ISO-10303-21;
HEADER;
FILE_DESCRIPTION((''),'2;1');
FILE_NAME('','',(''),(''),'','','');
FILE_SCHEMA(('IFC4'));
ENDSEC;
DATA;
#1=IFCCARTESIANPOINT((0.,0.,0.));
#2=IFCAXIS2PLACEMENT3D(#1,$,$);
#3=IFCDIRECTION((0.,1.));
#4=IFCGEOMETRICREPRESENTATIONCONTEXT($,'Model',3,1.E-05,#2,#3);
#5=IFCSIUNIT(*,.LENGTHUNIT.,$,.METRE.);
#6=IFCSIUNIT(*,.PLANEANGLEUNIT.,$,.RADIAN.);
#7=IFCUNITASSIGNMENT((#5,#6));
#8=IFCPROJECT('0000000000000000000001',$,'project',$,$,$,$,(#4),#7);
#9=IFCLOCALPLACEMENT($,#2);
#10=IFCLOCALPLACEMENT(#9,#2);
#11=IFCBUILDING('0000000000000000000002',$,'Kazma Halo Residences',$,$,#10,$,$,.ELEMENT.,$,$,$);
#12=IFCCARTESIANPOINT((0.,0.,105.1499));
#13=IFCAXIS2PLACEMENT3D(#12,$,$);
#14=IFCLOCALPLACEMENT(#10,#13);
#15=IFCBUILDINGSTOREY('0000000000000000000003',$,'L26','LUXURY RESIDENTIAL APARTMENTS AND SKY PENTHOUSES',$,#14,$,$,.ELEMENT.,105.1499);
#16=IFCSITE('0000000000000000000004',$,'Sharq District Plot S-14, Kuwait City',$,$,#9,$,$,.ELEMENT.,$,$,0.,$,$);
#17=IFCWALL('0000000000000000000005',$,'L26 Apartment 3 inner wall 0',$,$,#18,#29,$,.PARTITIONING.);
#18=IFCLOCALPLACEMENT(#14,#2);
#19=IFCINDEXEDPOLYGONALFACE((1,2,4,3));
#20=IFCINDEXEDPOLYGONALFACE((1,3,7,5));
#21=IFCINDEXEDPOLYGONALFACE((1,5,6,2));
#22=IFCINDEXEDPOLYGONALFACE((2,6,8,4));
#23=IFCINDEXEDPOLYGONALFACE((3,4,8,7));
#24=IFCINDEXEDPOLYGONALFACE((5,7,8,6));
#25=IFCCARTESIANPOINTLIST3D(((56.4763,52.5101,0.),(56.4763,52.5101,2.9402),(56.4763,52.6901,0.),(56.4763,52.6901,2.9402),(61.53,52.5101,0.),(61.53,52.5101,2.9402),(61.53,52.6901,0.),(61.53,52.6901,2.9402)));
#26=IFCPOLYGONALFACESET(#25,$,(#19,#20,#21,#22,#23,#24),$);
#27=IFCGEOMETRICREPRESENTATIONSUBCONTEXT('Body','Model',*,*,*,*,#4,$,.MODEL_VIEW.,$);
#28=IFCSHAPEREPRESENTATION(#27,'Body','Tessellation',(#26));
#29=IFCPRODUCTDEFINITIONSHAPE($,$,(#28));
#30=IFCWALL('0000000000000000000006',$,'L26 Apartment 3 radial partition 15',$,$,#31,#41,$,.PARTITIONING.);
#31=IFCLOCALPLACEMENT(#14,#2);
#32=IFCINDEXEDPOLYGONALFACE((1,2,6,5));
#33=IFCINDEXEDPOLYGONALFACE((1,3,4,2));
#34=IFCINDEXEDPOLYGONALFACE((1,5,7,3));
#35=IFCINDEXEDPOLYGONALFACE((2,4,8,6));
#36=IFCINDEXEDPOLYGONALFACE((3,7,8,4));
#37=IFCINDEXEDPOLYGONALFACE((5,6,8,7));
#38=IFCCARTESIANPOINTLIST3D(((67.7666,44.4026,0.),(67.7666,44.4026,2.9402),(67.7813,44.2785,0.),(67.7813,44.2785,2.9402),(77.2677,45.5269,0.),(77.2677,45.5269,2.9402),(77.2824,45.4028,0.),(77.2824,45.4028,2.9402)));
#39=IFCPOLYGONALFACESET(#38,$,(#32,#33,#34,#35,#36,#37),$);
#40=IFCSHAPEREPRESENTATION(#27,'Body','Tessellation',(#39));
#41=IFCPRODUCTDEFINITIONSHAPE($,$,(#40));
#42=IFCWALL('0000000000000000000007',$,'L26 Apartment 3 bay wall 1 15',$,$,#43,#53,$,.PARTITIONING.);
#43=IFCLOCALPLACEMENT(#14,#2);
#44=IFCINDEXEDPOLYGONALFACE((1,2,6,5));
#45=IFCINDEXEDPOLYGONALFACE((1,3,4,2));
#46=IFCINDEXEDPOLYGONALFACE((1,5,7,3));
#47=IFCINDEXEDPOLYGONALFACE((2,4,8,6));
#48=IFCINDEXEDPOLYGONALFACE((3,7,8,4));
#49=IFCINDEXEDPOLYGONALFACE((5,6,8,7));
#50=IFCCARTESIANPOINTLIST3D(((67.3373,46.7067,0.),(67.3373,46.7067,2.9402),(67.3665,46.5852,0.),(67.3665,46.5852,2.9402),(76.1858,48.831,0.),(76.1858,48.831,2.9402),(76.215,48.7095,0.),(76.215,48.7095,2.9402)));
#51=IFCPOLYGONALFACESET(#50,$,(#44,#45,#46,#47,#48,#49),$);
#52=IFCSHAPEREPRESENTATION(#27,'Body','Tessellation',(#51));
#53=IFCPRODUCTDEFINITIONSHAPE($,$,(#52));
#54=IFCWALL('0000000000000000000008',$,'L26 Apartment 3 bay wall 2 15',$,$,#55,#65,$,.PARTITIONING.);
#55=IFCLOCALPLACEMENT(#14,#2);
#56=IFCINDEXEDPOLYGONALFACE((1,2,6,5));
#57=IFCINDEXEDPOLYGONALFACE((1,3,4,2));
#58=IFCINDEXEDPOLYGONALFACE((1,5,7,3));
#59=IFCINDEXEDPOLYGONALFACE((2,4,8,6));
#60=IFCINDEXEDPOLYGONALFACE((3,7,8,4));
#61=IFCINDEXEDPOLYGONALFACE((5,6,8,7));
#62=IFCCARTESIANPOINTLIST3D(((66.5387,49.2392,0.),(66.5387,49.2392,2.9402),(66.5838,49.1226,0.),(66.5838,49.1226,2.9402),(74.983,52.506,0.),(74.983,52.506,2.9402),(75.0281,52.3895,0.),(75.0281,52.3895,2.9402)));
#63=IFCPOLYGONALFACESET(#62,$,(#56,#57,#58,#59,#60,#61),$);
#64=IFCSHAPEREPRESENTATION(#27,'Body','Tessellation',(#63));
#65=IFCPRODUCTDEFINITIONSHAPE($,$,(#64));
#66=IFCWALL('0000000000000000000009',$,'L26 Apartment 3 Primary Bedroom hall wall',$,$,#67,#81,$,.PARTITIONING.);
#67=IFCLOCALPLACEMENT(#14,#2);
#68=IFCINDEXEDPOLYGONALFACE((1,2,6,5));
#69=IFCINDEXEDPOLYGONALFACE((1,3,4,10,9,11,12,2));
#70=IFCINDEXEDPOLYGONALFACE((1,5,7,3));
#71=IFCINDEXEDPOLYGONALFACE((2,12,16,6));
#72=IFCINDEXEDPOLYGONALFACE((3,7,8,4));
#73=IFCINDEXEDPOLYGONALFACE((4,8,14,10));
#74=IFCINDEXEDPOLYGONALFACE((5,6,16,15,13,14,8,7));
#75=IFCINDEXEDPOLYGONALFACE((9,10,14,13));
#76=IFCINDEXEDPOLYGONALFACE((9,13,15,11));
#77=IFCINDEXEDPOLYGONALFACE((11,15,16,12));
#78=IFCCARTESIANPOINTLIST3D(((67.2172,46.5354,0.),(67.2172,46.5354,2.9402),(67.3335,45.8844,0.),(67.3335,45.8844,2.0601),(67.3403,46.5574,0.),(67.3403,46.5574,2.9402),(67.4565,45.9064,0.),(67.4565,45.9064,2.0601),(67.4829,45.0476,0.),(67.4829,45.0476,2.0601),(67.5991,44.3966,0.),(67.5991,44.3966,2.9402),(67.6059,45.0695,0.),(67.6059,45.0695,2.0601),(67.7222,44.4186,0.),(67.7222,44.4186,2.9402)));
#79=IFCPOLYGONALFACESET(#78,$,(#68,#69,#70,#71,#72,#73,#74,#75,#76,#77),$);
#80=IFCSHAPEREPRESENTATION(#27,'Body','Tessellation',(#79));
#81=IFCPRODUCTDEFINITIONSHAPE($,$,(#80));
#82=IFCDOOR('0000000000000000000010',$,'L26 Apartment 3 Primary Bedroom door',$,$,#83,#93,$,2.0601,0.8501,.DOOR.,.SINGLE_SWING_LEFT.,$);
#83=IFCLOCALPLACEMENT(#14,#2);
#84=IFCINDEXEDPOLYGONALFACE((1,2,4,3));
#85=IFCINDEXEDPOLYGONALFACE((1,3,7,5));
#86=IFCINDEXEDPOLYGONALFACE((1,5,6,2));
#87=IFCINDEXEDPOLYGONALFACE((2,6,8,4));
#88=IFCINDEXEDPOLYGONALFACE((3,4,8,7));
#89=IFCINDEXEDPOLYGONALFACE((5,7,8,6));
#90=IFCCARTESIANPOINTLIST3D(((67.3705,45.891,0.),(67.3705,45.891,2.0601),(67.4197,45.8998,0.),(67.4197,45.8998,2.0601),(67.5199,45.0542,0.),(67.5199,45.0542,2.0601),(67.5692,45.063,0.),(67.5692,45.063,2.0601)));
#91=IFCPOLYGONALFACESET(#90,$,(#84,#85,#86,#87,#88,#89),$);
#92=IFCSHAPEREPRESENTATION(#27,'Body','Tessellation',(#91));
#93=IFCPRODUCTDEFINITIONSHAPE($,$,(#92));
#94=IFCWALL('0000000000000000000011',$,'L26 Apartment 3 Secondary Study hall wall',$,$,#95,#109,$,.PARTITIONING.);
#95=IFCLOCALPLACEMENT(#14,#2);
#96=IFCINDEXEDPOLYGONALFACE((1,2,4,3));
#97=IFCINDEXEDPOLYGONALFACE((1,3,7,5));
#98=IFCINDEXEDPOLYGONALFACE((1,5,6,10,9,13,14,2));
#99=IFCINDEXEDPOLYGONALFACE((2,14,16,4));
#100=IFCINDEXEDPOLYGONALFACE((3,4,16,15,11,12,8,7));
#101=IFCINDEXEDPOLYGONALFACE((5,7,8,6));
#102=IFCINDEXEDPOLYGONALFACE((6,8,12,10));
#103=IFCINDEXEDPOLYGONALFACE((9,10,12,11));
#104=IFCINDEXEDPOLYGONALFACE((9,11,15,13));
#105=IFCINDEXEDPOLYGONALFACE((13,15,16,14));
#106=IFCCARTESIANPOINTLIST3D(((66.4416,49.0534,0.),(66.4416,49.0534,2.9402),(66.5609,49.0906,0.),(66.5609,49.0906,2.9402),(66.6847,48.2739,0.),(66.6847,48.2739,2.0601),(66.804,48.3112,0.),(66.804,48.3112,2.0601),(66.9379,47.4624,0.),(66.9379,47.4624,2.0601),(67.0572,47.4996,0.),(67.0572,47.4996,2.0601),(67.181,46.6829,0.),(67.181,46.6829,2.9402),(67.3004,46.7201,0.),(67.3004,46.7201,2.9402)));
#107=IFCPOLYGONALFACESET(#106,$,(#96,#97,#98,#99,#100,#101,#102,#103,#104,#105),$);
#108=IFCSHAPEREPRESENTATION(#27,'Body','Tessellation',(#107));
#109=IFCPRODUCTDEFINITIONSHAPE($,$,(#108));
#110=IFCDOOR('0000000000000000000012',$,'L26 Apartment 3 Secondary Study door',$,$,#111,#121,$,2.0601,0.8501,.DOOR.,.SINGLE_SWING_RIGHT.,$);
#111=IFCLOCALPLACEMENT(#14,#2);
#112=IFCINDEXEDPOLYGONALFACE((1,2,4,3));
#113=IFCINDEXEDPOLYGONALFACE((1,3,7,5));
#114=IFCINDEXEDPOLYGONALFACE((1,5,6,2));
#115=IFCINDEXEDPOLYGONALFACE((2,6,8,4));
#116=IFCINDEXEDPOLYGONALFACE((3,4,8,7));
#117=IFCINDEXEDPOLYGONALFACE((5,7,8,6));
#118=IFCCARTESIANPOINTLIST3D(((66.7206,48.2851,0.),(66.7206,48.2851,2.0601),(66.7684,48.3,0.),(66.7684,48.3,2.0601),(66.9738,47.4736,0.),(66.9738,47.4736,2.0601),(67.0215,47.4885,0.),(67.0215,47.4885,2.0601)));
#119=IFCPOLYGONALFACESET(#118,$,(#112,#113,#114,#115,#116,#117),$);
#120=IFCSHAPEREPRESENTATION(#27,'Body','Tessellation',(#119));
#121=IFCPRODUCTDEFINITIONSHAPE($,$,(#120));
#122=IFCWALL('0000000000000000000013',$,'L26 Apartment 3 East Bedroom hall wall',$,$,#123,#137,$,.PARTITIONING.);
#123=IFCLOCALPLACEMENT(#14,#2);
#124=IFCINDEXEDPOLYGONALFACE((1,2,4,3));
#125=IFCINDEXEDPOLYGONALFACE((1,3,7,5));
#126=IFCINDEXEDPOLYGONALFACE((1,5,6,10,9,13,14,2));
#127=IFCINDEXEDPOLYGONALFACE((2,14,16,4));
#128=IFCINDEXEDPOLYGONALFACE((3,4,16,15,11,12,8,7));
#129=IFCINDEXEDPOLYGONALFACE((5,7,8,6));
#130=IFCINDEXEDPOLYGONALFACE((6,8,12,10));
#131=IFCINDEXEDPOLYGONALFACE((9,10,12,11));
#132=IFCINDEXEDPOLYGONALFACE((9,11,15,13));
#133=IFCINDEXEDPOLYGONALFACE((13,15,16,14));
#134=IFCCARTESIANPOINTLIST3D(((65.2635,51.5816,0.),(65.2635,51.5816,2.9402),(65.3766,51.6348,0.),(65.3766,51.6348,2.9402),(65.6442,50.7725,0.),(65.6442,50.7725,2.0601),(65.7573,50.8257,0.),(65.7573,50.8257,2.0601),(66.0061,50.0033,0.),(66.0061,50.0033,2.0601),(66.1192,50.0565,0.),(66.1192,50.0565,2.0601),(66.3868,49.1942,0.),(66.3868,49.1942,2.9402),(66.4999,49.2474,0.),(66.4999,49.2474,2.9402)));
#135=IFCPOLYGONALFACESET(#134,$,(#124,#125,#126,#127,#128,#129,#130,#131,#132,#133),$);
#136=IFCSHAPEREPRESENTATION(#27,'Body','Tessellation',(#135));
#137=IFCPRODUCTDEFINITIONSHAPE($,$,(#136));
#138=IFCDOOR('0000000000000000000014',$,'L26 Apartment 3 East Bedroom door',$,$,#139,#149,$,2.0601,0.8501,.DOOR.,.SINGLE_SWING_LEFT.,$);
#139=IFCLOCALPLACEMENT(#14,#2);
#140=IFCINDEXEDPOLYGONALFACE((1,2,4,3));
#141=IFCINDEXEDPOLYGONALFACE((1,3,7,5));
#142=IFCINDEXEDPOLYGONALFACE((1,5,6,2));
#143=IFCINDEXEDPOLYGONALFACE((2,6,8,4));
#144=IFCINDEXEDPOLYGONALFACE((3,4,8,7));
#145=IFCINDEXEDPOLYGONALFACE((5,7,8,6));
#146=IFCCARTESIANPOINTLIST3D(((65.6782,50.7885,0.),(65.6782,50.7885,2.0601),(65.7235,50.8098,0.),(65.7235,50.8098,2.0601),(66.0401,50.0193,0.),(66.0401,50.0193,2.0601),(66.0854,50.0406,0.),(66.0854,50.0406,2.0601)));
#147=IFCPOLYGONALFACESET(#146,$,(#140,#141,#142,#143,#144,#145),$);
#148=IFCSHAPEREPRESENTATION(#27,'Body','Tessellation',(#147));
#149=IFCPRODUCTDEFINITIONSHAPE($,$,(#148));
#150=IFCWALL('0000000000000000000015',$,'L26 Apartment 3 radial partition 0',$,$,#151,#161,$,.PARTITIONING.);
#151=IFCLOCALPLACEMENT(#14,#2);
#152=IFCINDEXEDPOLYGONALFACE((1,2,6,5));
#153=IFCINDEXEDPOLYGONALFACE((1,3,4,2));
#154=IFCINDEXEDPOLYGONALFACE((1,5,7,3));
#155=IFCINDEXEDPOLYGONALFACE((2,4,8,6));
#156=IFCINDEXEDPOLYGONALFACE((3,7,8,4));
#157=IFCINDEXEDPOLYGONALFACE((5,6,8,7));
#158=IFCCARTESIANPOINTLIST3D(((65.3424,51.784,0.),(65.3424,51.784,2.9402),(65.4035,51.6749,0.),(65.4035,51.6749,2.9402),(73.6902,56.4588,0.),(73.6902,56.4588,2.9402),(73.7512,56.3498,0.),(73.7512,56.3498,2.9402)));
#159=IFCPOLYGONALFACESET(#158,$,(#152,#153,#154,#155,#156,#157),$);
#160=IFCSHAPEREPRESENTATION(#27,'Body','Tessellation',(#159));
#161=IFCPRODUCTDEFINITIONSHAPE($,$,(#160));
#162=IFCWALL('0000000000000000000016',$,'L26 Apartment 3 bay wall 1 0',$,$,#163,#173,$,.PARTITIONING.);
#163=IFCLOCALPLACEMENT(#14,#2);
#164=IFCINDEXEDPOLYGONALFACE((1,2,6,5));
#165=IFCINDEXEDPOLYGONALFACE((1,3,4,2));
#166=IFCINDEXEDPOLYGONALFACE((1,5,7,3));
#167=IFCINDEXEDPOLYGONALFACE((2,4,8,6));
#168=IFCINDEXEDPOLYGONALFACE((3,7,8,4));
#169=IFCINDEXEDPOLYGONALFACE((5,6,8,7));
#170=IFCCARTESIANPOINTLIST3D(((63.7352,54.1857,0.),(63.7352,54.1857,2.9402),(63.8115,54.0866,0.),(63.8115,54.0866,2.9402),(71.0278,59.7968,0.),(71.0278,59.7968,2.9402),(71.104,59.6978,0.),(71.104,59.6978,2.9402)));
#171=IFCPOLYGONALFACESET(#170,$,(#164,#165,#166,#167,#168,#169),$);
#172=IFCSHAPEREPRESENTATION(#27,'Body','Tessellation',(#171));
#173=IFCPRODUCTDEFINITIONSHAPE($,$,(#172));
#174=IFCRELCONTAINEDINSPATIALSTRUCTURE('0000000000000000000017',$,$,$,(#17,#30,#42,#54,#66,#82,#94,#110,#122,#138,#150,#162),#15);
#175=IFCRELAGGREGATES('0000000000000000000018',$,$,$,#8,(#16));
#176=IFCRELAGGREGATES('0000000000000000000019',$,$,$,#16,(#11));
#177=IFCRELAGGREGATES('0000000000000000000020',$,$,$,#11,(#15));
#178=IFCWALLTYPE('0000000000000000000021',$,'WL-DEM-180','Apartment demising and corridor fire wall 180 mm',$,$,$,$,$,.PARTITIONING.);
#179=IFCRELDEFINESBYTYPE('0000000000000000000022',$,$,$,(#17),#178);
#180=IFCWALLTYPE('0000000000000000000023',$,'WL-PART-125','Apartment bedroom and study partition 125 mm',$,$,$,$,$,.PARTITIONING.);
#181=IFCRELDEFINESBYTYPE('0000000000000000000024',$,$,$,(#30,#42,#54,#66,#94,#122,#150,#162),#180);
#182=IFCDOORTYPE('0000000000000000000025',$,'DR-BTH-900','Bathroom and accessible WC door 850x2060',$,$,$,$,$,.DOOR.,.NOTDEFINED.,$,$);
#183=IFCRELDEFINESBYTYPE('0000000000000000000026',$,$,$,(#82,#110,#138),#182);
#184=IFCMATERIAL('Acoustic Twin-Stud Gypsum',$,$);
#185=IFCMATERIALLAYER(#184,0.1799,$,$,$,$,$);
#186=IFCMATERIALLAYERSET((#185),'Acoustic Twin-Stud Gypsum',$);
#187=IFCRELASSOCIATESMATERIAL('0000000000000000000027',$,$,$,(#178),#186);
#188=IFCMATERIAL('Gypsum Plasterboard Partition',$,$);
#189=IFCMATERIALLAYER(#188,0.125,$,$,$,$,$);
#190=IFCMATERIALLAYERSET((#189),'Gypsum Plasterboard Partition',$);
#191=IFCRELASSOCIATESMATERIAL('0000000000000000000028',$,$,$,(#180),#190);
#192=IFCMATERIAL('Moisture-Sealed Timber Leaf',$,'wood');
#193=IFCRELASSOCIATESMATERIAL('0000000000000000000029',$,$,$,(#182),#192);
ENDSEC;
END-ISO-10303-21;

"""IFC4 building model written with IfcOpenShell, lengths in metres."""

from ifc_helpers import new_model, si_unit, direction, frame, frame_2d, origin, place, context, subcontext, project, spatial, rectangle, extrude, material, layer, layer_set, type_object, element, fill, save


model = new_model("IFC4")

# Units and contexts
model_context = context("Model", 3, precision=1e-05, world=origin(), true_north=direction((0.0, 1.0)))
body_context = subcontext(model_context, "Body", "Model", "MODEL_VIEW")
ifc_project = project(units=[si_unit("LENGTHUNIT", "METRE"), si_unit("PLANEANGLEUNIT", "RADIAN")], contexts=[model_context])

# Site, building, storey
site_placement = place(None, origin())
site = spatial("IfcSite", under=ifc_project, at=site_placement, Name="Sharq District Plot S-14, Kuwait City", CompositionType="ELEMENT", RefElevation=0.0)
building_placement = place(site_placement, origin())
building = spatial("IfcBuilding", under=site, at=building_placement, Name="Kazma Halo Residences", CompositionType="ELEMENT")
storey_placement = place(building_placement, frame((0.0, 0.0, 105.1499)))
storey = spatial("IfcBuildingStorey", under=building, at=storey_placement, Name="L26", Description="LUXURY RESIDENTIAL APARTMENTS AND SKY PENTHOUSES", CompositionType="ELEMENT", Elevation=105.1499)

# Walls
ifc_material_1 = material(Name="Acoustic Twin-Stud Gypsum")
ifc_layer_1 = layer(ifc_material_1, 0.1799)
ifc_layer_set_1 = layer_set([ifc_layer_1], Name="Acoustic Twin-Stud Gypsum")
wall_type_1 = type_object("IfcWallType", Name="WL-DEM-180", Description="Apartment demising and corridor fire wall 180 mm", PredefinedType="PARTITIONING", material=ifc_layer_set_1)
wall_1_placement = place(storey_placement, frame((61.53, 52.6001, 0.0), z_axis=(0.0, 0.0, 1.0), x_axis=(-1.0, 0.0, 0.0)))
element("IfcWall", 1, at=wall_1_placement, inside=storey, type_object=wall_type_1, Name="L26 Apartment 3 inner wall 0", PredefinedType="PARTITIONING", context=body_context, shape_type="SweptSolid", body=[
    extrude(rectangle(XDim=5.0537, YDim=0.1799, at=frame_2d((2.5269, 0.0))), origin(), (0.0, 0.0, 1.0), 2.9402),
])
ifc_material_2 = material(Name="Gypsum Plasterboard Partition")
ifc_layer_2 = layer(ifc_material_2, 0.125)
ifc_layer_set_2 = layer_set([ifc_layer_2], Name="Gypsum Plasterboard Partition")
wall_type_2 = type_object("IfcWallType", Name="WL-PART-125", Description="Apartment bedroom and study partition 125 mm", PredefinedType="PARTITIONING", material=ifc_layer_set_2)
wall_2_placement = place(storey_placement, frame((67.7739, 44.3406, 0.0), z_axis=(0.0, 0.0, 1.0), x_axis=(0.993071, 0.117512, 0.0)))
element("IfcWall", 2, at=wall_2_placement, inside=storey, type_object=wall_type_2, Name="L26 Apartment 3 radial partition 15", PredefinedType="PARTITIONING", context=body_context, shape_type="SweptSolid", body=[
    extrude(rectangle(XDim=9.5674, YDim=0.125, at=frame_2d((4.7837, 0.0))), origin(), (0.0, 0.0, 1.0), 2.9402),
])
wall_3_placement = place(storey_placement, frame((67.3521, 46.646, 0.0), z_axis=(0.0, 0.0, 1.0), x_axis=(0.972371, 0.233441, 0.0)))
element("IfcWall", 3, at=wall_3_placement, inside=storey, type_object=wall_type_2, Name="L26 Apartment 3 bay wall 1 15", PredefinedType="PARTITIONING", context=body_context, shape_type="SweptSolid", body=[
    extrude(rectangle(XDim=9.0999, YDim=0.125, at=frame_2d((4.5498, 0.0))), origin(), (0.0, 0.0, 1.0), 2.9402),
])
wall_4_placement = place(storey_placement, frame((66.5613, 49.1809, 0.0), z_axis=(0.0, 0.0, 1.0), x_axis=(0.93264, 0.360809, 0.0)))
element("IfcWall", 4, at=wall_4_placement, inside=storey, type_object=wall_type_2, Name="L26 Apartment 3 bay wall 2 15", PredefinedType="PARTITIONING", context=body_context, shape_type="SweptSolid", body=[
    extrude(rectangle(XDim=9.0542, YDim=0.125, at=frame_2d((4.5271, 0.0))), origin(), (0.0, 0.0, 1.0), 2.9402),
])

# Walls, openings, doors
wall_5_placement = place(storey_placement, frame((67.6606, 44.4075, 0.0), z_axis=(0.0, 0.0, 1.0), x_axis=(-0.17576, 0.984433, 0.0)))
wall_5 = element("IfcWall", 5, at=wall_5_placement, inside=storey, type_object=wall_type_2, Name="L26 Apartment 3 Primary Bedroom hall wall", PredefinedType="PARTITIONING", context=body_context, shape_type="SweptSolid", body=[
    extrude(rectangle(XDim=2.1726, YDim=0.125, at=frame_2d((1.0864, 0.0))), origin(), (0.0, 0.0, 1.0), 2.9402),
])
opening_1_placement = place(wall_5_placement, frame((0.6614, 0.0, 0.0)))
opening_1 = element("IfcOpeningElement", 6, at=opening_1_placement, cuts=wall_5, PredefinedType="OPENING", context=body_context, shape_type="SweptSolid", body=[
    extrude(rectangle(XDim=0.8501, YDim=2.0601, at=frame_2d((0.425, 1.03))), frame((0.0, 0.0725, 0.0), z_axis=(0.0, -1.0, 0.0), x_axis=(1.0, 0.0, 0.0)), (0.0, 0.0, 1.0), 0.145),
])
ifc_material_3 = material(Name="Moisture-Sealed Timber Leaf", Category="wood")
door_type = type_object("IfcDoorType", Name="DR-BTH-900", Description="Bathroom and accessible WC door 850x2060", OperationType="NOTDEFINED", PredefinedType="DOOR", material=ifc_material_3)
door_1_placement = place(opening_1_placement, origin())
door_1 = element("IfcDoor", 7, at=door_1_placement, inside=storey, type_object=door_type, Name="L26 Apartment 3 Primary Bedroom door", OperationType="SINGLE_SWING_LEFT", OverallHeight=2.0601, OverallWidth=0.8501, PredefinedType="DOOR", context=body_context, shape_type="SweptSolid", body=[
    extrude(rectangle(XDim=0.8501, YDim=2.0601, at=frame_2d((0.425, 1.03))), frame((0.0, 0.0249, 0.0), z_axis=(0.0, -1.0, 0.0), x_axis=(1.0, 0.0, 0.0)), (0.0, 0.0, 1.0), 0.05),
])
fill(opening_1, door_1)
wall_6_placement = place(storey_placement, frame((67.2407, 46.7014, 0.0), z_axis=(0.0, 0.0, 1.0), x_axis=(-0.297794, 0.95463, 0.0)))
wall_6 = element("IfcWall", 8, at=wall_6_placement, inside=storey, type_object=wall_type_2, Name="L26 Apartment 3 Secondary Study hall wall", PredefinedType="PARTITIONING", context=body_context, shape_type="SweptSolid", body=[
    extrude(rectangle(XDim=2.4832, YDim=0.125, at=frame_2d((1.2417, 0.0))), origin(), (0.0, 0.0, 1.0), 2.9402),
])
opening_2_placement = place(wall_6_placement, frame((0.8167, 0.0, 0.0)))
opening_2 = element("IfcOpeningElement", 9, at=opening_2_placement, cuts=wall_6, PredefinedType="OPENING", context=body_context, shape_type="SweptSolid", body=[
    extrude(rectangle(XDim=0.8501, YDim=2.0601, at=frame_2d((0.425, 1.03))), frame((0.0, 0.0725, 0.0), z_axis=(0.0, -1.0, 0.0), x_axis=(1.0, 0.0, 0.0)), (0.0, 0.0, 1.0), 0.145),
])
door_2_placement = place(opening_2_placement, origin())
door_2 = element("IfcDoor", 10, at=door_2_placement, inside=storey, type_object=door_type, Name="L26 Apartment 3 Secondary Study door", OperationType="SINGLE_SWING_RIGHT", OverallHeight=2.0601, OverallWidth=0.8501, PredefinedType="DOOR", context=body_context, shape_type="SweptSolid", body=[
    extrude(rectangle(XDim=0.8501, YDim=2.0601, at=frame_2d((0.425, 1.03))), frame((0.0, 0.0249, 0.0), z_axis=(0.0, -1.0, 0.0), x_axis=(1.0, 0.0, 0.0)), (0.0, 0.0, 1.0), 0.05),
])
fill(opening_2, door_2)
wall_7_placement = place(storey_placement, frame((66.4434, 49.2207, 0.0), z_axis=(0.0, 0.0, 1.0), x_axis=(-0.42573, 0.90485, 0.0)))
wall_7 = element("IfcWall", 11, at=wall_7_placement, inside=storey, type_object=wall_type_2, Name="L26 Apartment 3 East Bedroom hall wall", PredefinedType="PARTITIONING", context=body_context, shape_type="SweptSolid", body=[
    extrude(rectangle(XDim=2.6384, YDim=0.125, at=frame_2d((1.3193, 0.0))), origin(), (0.0, 0.0, 1.0), 2.9402),
])
opening_3_placement = place(wall_7_placement, frame((0.8943, 0.0, 0.0)))
opening_3 = element("IfcOpeningElement", 12, at=opening_3_placement, cuts=wall_7, PredefinedType="OPENING", context=body_context, shape_type="SweptSolid", body=[
    extrude(rectangle(XDim=0.8501, YDim=2.0601, at=frame_2d((0.425, 1.03))), frame((0.0, 0.0725, 0.0), z_axis=(0.0, -1.0, 0.0), x_axis=(1.0, 0.0, 0.0)), (0.0, 0.0, 1.0), 0.145),
])
door_3_placement = place(opening_3_placement, origin())
door_3 = element("IfcDoor", 13, at=door_3_placement, inside=storey, type_object=door_type, Name="L26 Apartment 3 East Bedroom door", OperationType="SINGLE_SWING_LEFT", OverallHeight=2.0601, OverallWidth=0.8501, PredefinedType="DOOR", context=body_context, shape_type="SweptSolid", body=[
    extrude(rectangle(XDim=0.8501, YDim=2.0601, at=frame_2d((0.425, 1.03))), frame((0.0, 0.0249, 0.0), z_axis=(0.0, -1.0, 0.0), x_axis=(1.0, 0.0, 0.0)), (0.0, 0.0, 1.0), 0.05),
])
fill(opening_3, door_3)

# Walls
wall_8_placement = place(storey_placement, frame((65.373, 51.7295, 0.0), z_axis=(0.0, 0.0, 1.0), x_axis=(0.872501, 0.488613, 0.0)))
element("IfcWall", 14, at=wall_8_placement, inside=storey, type_object=wall_type_2, Name="L26 Apartment 3 radial partition 0", PredefinedType="PARTITIONING", context=body_context, shape_type="SweptSolid", body=[
    extrude(rectangle(XDim=9.5676, YDim=0.125, at=frame_2d((4.7837, 0.0))), origin(), (0.0, 0.0, 1.0), 2.9402),
])
wall_9_placement = place(storey_placement, frame((63.7734, 54.1362, 0.0), z_axis=(0.0, 0.0, 1.0), x_axis=(0.792546, 0.609812, 0.0)))
element("IfcWall", 15, at=wall_9_placement, inside=storey, type_object=wall_type_2, Name="L26 Apartment 3 bay wall 1 0", PredefinedType="PARTITIONING", context=body_context, shape_type="SweptSolid", body=[
    extrude(rectangle(XDim=9.2014, YDim=0.125, at=frame_2d((4.6006, 0.0))), origin(), (0.0, 0.0, 1.0), 2.9402),
])

save(model, "model.ifc")
